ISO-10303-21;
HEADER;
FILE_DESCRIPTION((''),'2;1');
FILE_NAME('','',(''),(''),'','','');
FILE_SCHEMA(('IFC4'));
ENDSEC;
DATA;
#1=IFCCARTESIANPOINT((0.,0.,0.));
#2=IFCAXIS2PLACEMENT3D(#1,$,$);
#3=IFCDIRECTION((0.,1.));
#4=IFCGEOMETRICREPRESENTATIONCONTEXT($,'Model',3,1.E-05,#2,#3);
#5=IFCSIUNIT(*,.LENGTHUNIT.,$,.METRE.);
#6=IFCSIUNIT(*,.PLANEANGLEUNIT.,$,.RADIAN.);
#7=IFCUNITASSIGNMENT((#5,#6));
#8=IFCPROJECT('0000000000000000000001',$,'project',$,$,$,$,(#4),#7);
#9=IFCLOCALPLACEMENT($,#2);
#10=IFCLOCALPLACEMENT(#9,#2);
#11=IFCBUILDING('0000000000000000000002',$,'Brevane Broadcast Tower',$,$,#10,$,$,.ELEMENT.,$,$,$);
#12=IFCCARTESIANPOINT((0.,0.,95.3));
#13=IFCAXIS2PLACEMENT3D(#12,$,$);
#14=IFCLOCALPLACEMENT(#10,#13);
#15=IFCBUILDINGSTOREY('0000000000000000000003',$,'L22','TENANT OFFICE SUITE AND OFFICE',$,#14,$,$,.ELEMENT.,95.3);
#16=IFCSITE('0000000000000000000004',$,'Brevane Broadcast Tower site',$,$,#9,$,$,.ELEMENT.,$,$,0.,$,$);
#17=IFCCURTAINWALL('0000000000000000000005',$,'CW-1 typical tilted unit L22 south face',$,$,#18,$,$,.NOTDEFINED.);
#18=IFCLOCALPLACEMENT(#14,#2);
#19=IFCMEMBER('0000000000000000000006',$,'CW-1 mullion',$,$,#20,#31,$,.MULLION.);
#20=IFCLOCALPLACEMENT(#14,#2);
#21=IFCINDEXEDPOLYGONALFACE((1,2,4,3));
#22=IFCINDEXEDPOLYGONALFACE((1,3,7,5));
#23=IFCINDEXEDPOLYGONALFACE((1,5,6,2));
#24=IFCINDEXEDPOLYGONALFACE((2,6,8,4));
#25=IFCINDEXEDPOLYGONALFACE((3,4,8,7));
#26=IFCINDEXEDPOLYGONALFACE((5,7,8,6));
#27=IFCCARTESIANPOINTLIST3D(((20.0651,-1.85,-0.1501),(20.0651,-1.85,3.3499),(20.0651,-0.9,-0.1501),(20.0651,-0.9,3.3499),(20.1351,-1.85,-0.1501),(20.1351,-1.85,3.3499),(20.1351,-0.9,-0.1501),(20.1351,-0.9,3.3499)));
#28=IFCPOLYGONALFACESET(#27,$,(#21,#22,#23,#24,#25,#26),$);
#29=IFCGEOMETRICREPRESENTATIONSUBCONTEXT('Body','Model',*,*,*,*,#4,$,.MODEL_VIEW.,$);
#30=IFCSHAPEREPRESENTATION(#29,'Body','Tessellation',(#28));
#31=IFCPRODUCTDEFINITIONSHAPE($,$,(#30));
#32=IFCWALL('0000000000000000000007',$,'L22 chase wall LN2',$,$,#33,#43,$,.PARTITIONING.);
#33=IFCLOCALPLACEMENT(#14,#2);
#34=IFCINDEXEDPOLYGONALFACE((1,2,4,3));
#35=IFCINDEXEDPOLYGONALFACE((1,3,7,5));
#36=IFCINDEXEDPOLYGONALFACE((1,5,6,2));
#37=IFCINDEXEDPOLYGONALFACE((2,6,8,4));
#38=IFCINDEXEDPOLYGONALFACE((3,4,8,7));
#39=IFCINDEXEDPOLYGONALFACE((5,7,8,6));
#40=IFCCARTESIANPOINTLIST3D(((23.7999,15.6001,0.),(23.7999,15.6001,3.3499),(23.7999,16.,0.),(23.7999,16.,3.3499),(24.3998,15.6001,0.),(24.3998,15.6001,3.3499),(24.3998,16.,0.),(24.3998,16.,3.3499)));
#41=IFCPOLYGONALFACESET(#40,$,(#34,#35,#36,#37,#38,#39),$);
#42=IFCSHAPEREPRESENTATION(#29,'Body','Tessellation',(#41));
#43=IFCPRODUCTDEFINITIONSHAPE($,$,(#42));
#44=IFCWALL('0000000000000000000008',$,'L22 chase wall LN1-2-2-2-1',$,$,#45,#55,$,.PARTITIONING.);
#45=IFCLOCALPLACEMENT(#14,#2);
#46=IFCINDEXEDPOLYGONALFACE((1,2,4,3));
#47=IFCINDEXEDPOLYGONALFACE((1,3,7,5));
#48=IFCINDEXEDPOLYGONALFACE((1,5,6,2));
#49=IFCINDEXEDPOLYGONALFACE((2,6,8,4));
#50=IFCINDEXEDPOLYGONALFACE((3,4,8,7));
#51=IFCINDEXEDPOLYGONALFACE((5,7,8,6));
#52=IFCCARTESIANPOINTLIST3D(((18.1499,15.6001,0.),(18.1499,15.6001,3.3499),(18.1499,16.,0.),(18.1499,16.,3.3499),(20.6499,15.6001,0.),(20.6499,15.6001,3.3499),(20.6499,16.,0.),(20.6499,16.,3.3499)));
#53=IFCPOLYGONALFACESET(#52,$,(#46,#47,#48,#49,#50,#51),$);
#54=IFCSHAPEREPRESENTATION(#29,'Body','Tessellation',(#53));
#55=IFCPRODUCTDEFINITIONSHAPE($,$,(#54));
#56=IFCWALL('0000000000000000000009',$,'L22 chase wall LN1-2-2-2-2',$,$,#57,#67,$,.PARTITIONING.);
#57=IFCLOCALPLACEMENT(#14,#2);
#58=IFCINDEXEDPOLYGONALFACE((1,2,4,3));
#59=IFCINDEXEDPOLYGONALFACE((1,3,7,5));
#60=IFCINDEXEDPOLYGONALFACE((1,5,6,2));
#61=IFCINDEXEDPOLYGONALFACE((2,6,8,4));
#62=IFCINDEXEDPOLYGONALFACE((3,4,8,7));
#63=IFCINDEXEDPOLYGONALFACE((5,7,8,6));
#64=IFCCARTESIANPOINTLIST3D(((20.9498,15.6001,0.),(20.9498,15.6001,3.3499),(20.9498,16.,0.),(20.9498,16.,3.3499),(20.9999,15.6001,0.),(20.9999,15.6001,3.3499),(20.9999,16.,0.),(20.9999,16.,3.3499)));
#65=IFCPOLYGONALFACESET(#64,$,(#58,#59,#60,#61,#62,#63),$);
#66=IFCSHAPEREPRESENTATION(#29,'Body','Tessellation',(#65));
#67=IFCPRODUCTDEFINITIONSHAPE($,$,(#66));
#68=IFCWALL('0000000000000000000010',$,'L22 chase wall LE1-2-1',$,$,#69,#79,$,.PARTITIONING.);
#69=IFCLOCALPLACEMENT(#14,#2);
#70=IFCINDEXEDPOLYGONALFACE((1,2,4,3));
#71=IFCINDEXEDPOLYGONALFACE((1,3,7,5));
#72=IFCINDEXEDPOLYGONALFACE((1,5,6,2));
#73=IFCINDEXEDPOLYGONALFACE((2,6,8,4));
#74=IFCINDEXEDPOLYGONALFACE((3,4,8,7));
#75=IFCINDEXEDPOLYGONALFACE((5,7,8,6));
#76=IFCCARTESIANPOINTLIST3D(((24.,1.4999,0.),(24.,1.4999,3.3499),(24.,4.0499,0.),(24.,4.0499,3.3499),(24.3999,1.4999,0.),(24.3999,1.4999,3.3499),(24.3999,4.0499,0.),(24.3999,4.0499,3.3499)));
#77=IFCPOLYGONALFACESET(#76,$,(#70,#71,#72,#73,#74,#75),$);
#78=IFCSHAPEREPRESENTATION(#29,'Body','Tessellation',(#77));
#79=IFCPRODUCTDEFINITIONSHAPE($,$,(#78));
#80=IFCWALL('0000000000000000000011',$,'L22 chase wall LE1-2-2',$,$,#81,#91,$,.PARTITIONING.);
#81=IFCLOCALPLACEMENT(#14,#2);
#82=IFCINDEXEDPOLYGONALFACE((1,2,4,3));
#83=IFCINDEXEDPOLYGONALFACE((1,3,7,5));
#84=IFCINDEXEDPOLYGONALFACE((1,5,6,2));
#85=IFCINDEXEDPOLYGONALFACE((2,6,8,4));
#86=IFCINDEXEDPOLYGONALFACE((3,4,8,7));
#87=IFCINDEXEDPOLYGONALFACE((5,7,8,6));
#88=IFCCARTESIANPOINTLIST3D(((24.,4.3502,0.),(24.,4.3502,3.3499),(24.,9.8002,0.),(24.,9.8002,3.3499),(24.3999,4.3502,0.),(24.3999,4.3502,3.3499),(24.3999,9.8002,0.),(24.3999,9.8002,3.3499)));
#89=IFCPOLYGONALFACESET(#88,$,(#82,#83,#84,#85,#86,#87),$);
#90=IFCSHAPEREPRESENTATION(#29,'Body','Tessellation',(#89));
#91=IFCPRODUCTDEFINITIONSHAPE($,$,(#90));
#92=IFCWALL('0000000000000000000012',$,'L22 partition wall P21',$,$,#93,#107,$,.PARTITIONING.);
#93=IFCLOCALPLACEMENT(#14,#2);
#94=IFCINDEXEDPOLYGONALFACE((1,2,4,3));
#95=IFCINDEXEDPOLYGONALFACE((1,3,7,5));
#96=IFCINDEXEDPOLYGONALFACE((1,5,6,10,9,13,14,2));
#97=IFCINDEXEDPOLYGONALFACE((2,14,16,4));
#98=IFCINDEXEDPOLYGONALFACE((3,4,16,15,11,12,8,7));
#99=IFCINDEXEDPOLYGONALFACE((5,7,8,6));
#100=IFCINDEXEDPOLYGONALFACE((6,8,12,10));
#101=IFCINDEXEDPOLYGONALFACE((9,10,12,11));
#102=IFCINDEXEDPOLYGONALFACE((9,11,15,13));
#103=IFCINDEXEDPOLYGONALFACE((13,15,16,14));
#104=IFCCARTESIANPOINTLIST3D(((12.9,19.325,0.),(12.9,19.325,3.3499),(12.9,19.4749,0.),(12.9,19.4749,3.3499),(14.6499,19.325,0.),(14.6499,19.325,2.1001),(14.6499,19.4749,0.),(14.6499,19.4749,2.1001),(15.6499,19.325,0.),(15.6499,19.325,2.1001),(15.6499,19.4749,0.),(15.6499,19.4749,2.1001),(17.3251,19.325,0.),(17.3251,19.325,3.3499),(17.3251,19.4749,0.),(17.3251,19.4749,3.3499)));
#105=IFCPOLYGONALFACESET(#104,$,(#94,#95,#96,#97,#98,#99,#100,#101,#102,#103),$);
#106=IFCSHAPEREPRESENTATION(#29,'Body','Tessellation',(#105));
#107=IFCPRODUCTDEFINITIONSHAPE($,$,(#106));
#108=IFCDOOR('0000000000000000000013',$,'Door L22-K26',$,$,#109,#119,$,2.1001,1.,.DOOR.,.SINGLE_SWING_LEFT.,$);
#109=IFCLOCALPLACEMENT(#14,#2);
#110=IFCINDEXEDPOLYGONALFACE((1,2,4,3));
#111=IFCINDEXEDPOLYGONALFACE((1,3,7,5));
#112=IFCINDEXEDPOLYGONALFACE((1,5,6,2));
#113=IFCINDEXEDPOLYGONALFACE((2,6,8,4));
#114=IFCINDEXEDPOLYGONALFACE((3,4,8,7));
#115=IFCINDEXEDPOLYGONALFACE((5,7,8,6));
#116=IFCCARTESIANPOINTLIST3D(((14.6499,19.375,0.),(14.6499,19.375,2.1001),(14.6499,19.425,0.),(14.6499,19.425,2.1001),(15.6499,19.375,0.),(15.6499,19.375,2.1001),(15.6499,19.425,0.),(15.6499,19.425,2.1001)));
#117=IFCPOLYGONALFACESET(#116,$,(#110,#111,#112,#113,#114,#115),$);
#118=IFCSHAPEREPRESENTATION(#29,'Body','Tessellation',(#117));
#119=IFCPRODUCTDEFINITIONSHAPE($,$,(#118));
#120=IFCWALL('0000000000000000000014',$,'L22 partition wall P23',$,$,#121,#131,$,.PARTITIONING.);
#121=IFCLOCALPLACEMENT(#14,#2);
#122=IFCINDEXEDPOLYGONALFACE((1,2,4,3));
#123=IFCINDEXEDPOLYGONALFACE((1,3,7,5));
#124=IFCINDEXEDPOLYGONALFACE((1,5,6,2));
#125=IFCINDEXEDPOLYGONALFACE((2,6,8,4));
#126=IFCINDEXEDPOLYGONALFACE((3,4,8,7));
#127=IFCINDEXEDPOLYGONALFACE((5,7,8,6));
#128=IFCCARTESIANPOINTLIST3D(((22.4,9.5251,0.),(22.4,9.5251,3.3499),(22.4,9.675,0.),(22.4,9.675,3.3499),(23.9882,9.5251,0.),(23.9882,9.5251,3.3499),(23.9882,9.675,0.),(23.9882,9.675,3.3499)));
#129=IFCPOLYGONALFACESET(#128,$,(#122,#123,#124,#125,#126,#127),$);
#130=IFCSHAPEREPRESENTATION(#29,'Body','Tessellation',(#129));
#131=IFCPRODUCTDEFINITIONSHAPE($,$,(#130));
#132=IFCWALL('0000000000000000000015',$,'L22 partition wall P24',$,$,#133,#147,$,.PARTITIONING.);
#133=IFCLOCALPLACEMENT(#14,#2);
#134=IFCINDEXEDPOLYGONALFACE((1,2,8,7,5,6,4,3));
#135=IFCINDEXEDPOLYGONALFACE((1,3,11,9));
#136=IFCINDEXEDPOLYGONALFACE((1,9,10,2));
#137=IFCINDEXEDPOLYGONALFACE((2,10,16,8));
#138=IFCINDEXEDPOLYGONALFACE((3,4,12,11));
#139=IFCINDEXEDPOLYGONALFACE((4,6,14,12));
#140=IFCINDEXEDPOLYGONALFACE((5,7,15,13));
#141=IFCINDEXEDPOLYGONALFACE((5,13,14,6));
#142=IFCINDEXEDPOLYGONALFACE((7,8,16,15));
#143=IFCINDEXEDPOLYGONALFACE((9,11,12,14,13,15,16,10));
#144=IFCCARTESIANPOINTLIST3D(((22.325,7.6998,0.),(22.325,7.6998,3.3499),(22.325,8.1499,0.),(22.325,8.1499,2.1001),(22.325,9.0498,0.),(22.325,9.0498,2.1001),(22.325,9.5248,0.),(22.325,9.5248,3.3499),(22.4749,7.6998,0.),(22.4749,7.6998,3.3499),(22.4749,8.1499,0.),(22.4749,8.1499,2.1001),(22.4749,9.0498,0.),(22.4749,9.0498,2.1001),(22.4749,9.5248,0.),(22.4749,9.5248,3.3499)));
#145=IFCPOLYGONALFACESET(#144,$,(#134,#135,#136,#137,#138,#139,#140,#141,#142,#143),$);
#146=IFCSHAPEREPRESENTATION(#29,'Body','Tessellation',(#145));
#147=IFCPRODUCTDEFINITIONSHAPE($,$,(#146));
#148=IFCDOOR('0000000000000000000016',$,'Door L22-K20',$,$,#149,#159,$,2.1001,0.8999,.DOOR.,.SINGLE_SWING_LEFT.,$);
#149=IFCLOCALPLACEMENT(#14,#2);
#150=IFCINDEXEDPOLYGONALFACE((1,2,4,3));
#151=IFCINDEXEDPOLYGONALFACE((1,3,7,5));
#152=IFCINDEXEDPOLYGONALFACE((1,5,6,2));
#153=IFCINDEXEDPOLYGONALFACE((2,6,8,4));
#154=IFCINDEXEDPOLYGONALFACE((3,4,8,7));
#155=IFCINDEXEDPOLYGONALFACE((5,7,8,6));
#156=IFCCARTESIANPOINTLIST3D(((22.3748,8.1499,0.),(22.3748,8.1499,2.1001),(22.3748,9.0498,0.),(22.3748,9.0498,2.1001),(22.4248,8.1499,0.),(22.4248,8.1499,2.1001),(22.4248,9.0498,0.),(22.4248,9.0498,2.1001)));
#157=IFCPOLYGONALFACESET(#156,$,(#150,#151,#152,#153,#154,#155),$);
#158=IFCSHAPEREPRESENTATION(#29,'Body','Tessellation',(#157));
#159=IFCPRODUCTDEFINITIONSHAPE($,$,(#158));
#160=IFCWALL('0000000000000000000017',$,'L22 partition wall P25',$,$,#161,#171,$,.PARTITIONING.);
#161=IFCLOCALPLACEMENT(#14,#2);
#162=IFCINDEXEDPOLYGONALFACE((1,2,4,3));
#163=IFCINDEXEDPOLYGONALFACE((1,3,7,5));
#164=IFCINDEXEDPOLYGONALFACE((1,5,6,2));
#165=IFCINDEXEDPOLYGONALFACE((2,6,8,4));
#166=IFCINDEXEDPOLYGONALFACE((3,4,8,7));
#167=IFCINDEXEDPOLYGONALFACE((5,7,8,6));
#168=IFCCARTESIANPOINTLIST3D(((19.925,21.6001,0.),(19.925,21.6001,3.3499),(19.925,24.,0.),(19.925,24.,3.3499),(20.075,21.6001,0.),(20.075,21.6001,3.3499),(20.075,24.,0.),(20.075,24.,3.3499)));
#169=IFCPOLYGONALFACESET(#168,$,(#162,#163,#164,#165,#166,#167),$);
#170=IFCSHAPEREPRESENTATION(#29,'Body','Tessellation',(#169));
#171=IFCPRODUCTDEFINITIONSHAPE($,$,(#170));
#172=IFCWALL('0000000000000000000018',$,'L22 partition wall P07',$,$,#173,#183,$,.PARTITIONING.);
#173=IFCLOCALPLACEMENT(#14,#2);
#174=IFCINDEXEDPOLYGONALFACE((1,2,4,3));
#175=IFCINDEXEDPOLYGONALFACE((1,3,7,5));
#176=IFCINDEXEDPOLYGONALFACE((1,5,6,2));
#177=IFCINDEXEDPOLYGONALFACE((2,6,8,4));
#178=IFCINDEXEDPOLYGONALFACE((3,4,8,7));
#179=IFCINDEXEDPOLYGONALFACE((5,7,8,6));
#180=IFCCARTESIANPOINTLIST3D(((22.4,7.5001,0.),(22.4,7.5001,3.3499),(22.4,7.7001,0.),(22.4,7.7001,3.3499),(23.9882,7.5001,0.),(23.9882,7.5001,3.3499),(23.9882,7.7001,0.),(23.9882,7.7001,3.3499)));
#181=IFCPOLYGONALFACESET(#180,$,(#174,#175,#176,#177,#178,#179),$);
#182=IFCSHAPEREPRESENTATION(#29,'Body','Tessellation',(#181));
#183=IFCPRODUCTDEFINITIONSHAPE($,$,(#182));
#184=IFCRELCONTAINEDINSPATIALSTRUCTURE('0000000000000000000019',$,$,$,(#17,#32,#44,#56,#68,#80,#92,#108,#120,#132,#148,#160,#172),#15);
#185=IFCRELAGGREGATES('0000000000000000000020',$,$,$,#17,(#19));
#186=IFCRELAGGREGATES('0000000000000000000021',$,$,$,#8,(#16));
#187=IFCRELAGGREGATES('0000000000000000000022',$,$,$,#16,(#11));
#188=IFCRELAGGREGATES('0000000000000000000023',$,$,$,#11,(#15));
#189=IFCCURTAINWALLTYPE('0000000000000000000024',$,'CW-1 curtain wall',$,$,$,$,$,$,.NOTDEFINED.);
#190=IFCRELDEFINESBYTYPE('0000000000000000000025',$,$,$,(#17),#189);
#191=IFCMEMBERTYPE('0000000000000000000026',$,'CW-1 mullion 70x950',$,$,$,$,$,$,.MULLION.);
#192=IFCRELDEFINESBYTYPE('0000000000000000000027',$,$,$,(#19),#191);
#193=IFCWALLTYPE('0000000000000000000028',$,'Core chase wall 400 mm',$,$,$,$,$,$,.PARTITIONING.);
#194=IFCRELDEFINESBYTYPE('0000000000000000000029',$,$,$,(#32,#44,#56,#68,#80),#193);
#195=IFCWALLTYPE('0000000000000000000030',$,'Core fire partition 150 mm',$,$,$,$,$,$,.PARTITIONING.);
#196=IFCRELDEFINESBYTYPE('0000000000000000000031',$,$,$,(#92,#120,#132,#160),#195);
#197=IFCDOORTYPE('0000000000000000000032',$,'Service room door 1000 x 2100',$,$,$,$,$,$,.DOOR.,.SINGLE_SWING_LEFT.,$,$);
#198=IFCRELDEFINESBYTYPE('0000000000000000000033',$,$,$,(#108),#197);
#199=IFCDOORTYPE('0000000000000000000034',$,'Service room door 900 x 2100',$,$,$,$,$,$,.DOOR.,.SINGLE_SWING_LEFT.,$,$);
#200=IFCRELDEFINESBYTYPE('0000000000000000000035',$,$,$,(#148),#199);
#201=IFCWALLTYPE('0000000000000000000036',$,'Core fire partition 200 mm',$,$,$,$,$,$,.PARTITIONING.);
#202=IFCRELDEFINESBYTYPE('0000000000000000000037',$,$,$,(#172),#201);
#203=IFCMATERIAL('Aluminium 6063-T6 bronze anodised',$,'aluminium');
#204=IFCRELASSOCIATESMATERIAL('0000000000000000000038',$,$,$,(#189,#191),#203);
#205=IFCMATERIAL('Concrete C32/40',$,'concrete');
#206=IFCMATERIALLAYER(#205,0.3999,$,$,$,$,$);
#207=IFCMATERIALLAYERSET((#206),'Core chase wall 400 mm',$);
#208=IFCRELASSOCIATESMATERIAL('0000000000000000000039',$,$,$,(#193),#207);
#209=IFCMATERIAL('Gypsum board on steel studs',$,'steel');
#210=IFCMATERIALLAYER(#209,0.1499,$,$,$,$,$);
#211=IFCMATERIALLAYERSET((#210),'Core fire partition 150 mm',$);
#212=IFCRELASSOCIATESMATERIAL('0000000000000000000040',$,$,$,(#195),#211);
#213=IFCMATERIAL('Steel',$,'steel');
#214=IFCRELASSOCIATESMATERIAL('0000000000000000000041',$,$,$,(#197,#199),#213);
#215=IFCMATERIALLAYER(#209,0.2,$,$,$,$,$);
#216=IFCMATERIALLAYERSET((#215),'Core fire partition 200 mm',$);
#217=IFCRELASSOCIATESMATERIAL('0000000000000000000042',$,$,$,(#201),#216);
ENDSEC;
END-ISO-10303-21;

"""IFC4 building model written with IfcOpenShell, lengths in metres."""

from ifc_helpers import new_model, si_unit, direction, frame, frame_2d, origin, origin_2d, place, context, subcontext, project, spatial, rectangle, extrude, material, layer, layer_set, material_profile, profile_set, type_object, element, fill, aggregate, save


model = new_model("IFC4")

# Units and contexts
model_context = context("Model", 3, precision=1e-05, world=origin(), true_north=direction((0.0, 1.0)))
body_context = subcontext(model_context, "Body", "Model", "MODEL_VIEW")
ifc_project = project(units=[si_unit("LENGTHUNIT", "METRE"), si_unit("PLANEANGLEUNIT", "RADIAN")], contexts=[model_context])

# Site, building, storey
site_placement = place(None, origin())
site = spatial("IfcSite", under=ifc_project, at=site_placement, Name="Brevane Broadcast Tower site", CompositionType="ELEMENT", RefElevation=0.0)
building_placement = place(site_placement, origin())
building = spatial("IfcBuilding", under=site, at=building_placement, Name="Brevane Broadcast Tower", CompositionType="ELEMENT")
storey_placement = place(building_placement, frame((0.0, 0.0, 95.3)))
storey = spatial("IfcBuildingStorey", under=building, at=storey_placement, Name="L22", Description="TENANT OFFICE SUITE AND OFFICE", CompositionType="ELEMENT", Elevation=95.3)

# Curtain wall, member
ifc_material_1 = material(Name="Aluminium 6063-T6 bronze anodised", Category="aluminium")
curtain_wall_type = type_object("IfcCurtainWallType", Name="CW-1 curtain wall", PredefinedType="NOTDEFINED", material=ifc_material_1)
curtain_wall_placement = place(storey_placement, origin())
curtain_wall = element("IfcCurtainWall", 1, at=curtain_wall_placement, inside=storey, type_object=curtain_wall_type, Name="CW-1 typical tilted unit L22 south face", PredefinedType="NOTDEFINED")
ifc_material_profile = material_profile(ifc_material_1, rectangle(XDim=0.95, YDim=0.0701, at=origin_2d()), Name="RECT 70x950")
ifc_profile_set = profile_set([ifc_material_profile], Name="Aluminium 6063-T6 bronze anodised")
member_type = type_object("IfcMemberType", Name="CW-1 mullion 70x950", PredefinedType="MULLION", material=ifc_profile_set)
member_placement = place(storey_placement, frame((20.1001, -1.375, -0.1501), z_axis=(0.0, 0.0, 1.0), x_axis=(0.0, 1.0, 0.0)))
member = element("IfcMember", 2, at=member_placement, type_object=member_type, Name="CW-1 mullion", PredefinedType="MULLION", context=body_context, shape_type="SweptSolid", body=[
    extrude(rectangle(XDim=0.95, YDim=0.0701, at=origin_2d()), origin(), (0.0, 0.0, 1.0), 3.5),
])
aggregate(curtain_wall, [member])

# Walls
ifc_material_2 = material(Name="Concrete C32/40", Category="concrete")
ifc_layer_1 = layer(ifc_material_2, 0.3999)
ifc_layer_set_1 = layer_set([ifc_layer_1], Name="Core chase wall 400 mm")
wall_type_1 = type_object("IfcWallType", Name="Core chase wall 400 mm", PredefinedType="PARTITIONING", material=ifc_layer_set_1)
wall_1_placement = place(storey_placement, frame((23.8, 15.8, 0.0), z_axis=(0.0, 0.0, 1.0), x_axis=(1.0, 0.0, 0.0)))
element("IfcWall", 3, at=wall_1_placement, inside=storey, type_object=wall_type_1, Name="L22 chase wall LN2", PredefinedType="PARTITIONING", context=body_context, shape_type="SweptSolid", body=[
    extrude(rectangle(XDim=0.5999, YDim=0.3999, at=frame_2d((0.2998, 0.0))), origin(), (0.0, 0.0, 1.0), 3.3499),
])
wall_2_placement = place(storey_placement, frame((18.1499, 15.8, 0.0), z_axis=(0.0, 0.0, 1.0), x_axis=(1.0, 0.0, 0.0)))
element("IfcWall", 4, at=wall_2_placement, inside=storey, type_object=wall_type_1, Name="L22 chase wall LN1-2-2-2-1", PredefinedType="PARTITIONING", context=body_context, shape_type="SweptSolid", body=[
    extrude(rectangle(XDim=2.5, YDim=0.3999, at=frame_2d((1.25, 0.0))), origin(), (0.0, 0.0, 1.0), 3.3499),
])
wall_3_placement = place(storey_placement, frame((20.95, 15.8, 0.0), z_axis=(0.0, 0.0, 1.0), x_axis=(1.0, 0.0, 0.0)))
element("IfcWall", 5, at=wall_3_placement, inside=storey, type_object=wall_type_1, Name="L22 chase wall LN1-2-2-2-2", PredefinedType="PARTITIONING", context=body_context, shape_type="SweptSolid", body=[
    extrude(rectangle(XDim=0.05, YDim=0.3999, at=frame_2d((0.0249, 0.0))), origin(), (0.0, 0.0, 1.0), 3.3499),
])
wall_4_placement = place(storey_placement, frame((24.2, 1.5, 0.0), z_axis=(0.0, 0.0, 1.0), x_axis=(0.0, 1.0, 0.0)))
element("IfcWall", 6, at=wall_4_placement, inside=storey, type_object=wall_type_1, Name="L22 chase wall LE1-2-1", PredefinedType="PARTITIONING", context=body_context, shape_type="SweptSolid", body=[
    extrude(rectangle(XDim=2.55, YDim=0.3999, at=frame_2d((1.2749, 0.0))), origin(), (0.0, 0.0, 1.0), 3.3499),
])
wall_5_placement = place(storey_placement, frame((24.2, 4.3501, 0.0), z_axis=(0.0, 0.0, 1.0), x_axis=(0.0, 1.0, 0.0)))
element("IfcWall", 7, at=wall_5_placement, inside=storey, type_object=wall_type_1, Name="L22 chase wall LE1-2-2", PredefinedType="PARTITIONING", context=body_context, shape_type="SweptSolid", body=[
    extrude(rectangle(XDim=5.45, YDim=0.3999, at=frame_2d((2.7251, 0.0))), origin(), (0.0, 0.0, 1.0), 3.3499),
])

# Wall, opening, door
ifc_material_3 = material(Name="Gypsum board on steel studs", Category="steel")
ifc_layer_2 = layer(ifc_material_3, 0.1499)
ifc_layer_set_2 = layer_set([ifc_layer_2], Name="Core fire partition 150 mm")
wall_type_2 = type_object("IfcWallType", Name="Core fire partition 150 mm", PredefinedType="PARTITIONING", material=ifc_layer_set_2)
wall_6_placement = place(storey_placement, frame((17.325, 19.3999, 0.0), z_axis=(0.0, 0.0, 1.0), x_axis=(-1.0, 0.0, 0.0)))
wall_6 = element("IfcWall", 8, at=wall_6_placement, inside=storey, type_object=wall_type_2, Name="L22 partition wall P21", PredefinedType="PARTITIONING", context=body_context, shape_type="SweptSolid", body=[
    extrude(rectangle(XDim=4.425, YDim=0.1499, at=frame_2d((2.2124, 0.0))), origin(), (0.0, 0.0, 1.0), 3.3499),
])
opening_1_placement = place(wall_6_placement, frame((1.675, 0.0, 0.0)))
opening_1 = element("IfcOpeningElement", 9, at=opening_1_placement, cuts=wall_6, PredefinedType="OPENING", context=body_context, shape_type="SweptSolid", body=[
    extrude(rectangle(XDim=1.0, YDim=2.1001, at=frame_2d((0.5, 1.05))), frame((0.0, 0.085, 0.0), z_axis=(0.0, -1.0, 0.0), x_axis=(1.0, 0.0, 0.0)), (0.0, 0.0, 1.0), 0.1699),
])
ifc_material_4 = material(Name="Steel", Category="steel")
door_type_1 = type_object("IfcDoorType", Name="Service room door 1000 x 2100", OperationType="SINGLE_SWING_LEFT", PredefinedType="DOOR", material=ifc_material_4)
door_1_placement = place(opening_1_placement, origin())
door_1 = element("IfcDoor", 10, at=door_1_placement, inside=storey, type_object=door_type_1, Name="Door L22-K26", OperationType="SINGLE_SWING_LEFT", OverallHeight=2.1001, OverallWidth=1.0, PredefinedType="DOOR", context=body_context, shape_type="SweptSolid", body=[
    extrude(rectangle(XDim=1.0, YDim=2.1001, at=frame_2d((0.5, 1.05))), frame((0.0, 0.0249, 0.0), z_axis=(0.0, -1.0, 0.0), x_axis=(1.0, 0.0, 0.0)), (0.0, 0.0, 1.0), 0.05),
])
fill(opening_1, door_1)

# Wall
wall_7_placement = place(storey_placement, frame((23.988, 9.6001, 0.0), z_axis=(0.0, 0.0, 1.0), x_axis=(-1.0, 0.0, 0.0)))
element("IfcWall", 11, at=wall_7_placement, inside=storey, type_object=wall_type_2, Name="L22 partition wall P23", PredefinedType="PARTITIONING", context=body_context, shape_type="SweptSolid", body=[
    extrude(rectangle(XDim=1.5881, YDim=0.1499, at=frame_2d((0.7939, 0.0))), origin(), (0.0, 0.0, 1.0), 3.3499),
])

# Wall, opening, door
wall_8_placement = place(storey_placement, frame((22.3999, 9.5249, 0.0), z_axis=(0.0, 0.0, 1.0), x_axis=(0.0, -1.0, 0.0)))
wall_8 = element("IfcWall", 12, at=wall_8_placement, inside=storey, type_object=wall_type_2, Name="L22 partition wall P24", PredefinedType="PARTITIONING", context=body_context, shape_type="SweptSolid", body=[
    extrude(rectangle(XDim=1.825, YDim=0.1499, at=frame_2d((0.9126, 0.0))), origin(), (0.0, 0.0, 1.0), 3.3499),
])
opening_2_placement = place(wall_8_placement, frame((0.4751, 0.0, 0.0)))
opening_2 = element("IfcOpeningElement", 13, at=opening_2_placement, cuts=wall_8, PredefinedType="OPENING", context=body_context, shape_type="SweptSolid", body=[
    extrude(rectangle(XDim=0.8999, YDim=2.1001, at=frame_2d((0.45, 1.05))), frame((0.0, 0.085, 0.0), z_axis=(0.0, -1.0, 0.0), x_axis=(1.0, 0.0, 0.0)), (0.0, 0.0, 1.0), 0.1699),
])
door_type_2 = type_object("IfcDoorType", Name="Service room door 900 x 2100", OperationType="SINGLE_SWING_LEFT", PredefinedType="DOOR", material=ifc_material_4)
door_2_placement = place(opening_2_placement, origin())
door_2 = element("IfcDoor", 14, at=door_2_placement, inside=storey, type_object=door_type_2, Name="Door L22-K20", OperationType="SINGLE_SWING_LEFT", OverallHeight=2.1001, OverallWidth=0.8999, PredefinedType="DOOR", context=body_context, shape_type="SweptSolid", body=[
    extrude(rectangle(XDim=0.8999, YDim=2.1001, at=frame_2d((0.45, 1.05))), frame((0.0, 0.0249, 0.0), z_axis=(0.0, -1.0, 0.0), x_axis=(1.0, 0.0, 0.0)), (0.0, 0.0, 1.0), 0.05),
])
fill(opening_2, door_2)

# Walls
wall_9_placement = place(storey_placement, frame((20.0, 21.6001, 0.0), z_axis=(0.0, 0.0, 1.0), x_axis=(0.0, 1.0, 0.0)))
element("IfcWall", 15, at=wall_9_placement, inside=storey, type_object=wall_type_2, Name="L22 partition wall P25", PredefinedType="PARTITIONING", context=body_context, shape_type="SweptSolid", body=[
    extrude(rectangle(XDim=2.3999, YDim=0.1499, at=frame_2d((1.2, 0.0))), origin(), (0.0, 0.0, 1.0), 3.3499),
])
ifc_layer_3 = layer(ifc_material_3, 0.2)
ifc_layer_set_3 = layer_set([ifc_layer_3], Name="Core fire partition 200 mm")
wall_type_3 = type_object("IfcWallType", Name="Core fire partition 200 mm", PredefinedType="PARTITIONING", material=ifc_layer_set_3)
wall_10_placement = place(storey_placement, frame((23.988, 7.6001, 0.0), z_axis=(0.0, 0.0, 1.0), x_axis=(-1.0, 0.0, 0.0)))
element("IfcWall", 16, at=wall_10_placement, inside=storey, type_object=wall_type_3, Name="L22 partition wall P07", PredefinedType="PARTITIONING", context=body_context, shape_type="SweptSolid", body=[
    extrude(rectangle(XDim=1.5881, YDim=0.2, at=frame_2d((0.7939, 0.0))), origin(), (0.0, 0.0, 1.0), 3.3499),
])

save(model, "model.ifc")
